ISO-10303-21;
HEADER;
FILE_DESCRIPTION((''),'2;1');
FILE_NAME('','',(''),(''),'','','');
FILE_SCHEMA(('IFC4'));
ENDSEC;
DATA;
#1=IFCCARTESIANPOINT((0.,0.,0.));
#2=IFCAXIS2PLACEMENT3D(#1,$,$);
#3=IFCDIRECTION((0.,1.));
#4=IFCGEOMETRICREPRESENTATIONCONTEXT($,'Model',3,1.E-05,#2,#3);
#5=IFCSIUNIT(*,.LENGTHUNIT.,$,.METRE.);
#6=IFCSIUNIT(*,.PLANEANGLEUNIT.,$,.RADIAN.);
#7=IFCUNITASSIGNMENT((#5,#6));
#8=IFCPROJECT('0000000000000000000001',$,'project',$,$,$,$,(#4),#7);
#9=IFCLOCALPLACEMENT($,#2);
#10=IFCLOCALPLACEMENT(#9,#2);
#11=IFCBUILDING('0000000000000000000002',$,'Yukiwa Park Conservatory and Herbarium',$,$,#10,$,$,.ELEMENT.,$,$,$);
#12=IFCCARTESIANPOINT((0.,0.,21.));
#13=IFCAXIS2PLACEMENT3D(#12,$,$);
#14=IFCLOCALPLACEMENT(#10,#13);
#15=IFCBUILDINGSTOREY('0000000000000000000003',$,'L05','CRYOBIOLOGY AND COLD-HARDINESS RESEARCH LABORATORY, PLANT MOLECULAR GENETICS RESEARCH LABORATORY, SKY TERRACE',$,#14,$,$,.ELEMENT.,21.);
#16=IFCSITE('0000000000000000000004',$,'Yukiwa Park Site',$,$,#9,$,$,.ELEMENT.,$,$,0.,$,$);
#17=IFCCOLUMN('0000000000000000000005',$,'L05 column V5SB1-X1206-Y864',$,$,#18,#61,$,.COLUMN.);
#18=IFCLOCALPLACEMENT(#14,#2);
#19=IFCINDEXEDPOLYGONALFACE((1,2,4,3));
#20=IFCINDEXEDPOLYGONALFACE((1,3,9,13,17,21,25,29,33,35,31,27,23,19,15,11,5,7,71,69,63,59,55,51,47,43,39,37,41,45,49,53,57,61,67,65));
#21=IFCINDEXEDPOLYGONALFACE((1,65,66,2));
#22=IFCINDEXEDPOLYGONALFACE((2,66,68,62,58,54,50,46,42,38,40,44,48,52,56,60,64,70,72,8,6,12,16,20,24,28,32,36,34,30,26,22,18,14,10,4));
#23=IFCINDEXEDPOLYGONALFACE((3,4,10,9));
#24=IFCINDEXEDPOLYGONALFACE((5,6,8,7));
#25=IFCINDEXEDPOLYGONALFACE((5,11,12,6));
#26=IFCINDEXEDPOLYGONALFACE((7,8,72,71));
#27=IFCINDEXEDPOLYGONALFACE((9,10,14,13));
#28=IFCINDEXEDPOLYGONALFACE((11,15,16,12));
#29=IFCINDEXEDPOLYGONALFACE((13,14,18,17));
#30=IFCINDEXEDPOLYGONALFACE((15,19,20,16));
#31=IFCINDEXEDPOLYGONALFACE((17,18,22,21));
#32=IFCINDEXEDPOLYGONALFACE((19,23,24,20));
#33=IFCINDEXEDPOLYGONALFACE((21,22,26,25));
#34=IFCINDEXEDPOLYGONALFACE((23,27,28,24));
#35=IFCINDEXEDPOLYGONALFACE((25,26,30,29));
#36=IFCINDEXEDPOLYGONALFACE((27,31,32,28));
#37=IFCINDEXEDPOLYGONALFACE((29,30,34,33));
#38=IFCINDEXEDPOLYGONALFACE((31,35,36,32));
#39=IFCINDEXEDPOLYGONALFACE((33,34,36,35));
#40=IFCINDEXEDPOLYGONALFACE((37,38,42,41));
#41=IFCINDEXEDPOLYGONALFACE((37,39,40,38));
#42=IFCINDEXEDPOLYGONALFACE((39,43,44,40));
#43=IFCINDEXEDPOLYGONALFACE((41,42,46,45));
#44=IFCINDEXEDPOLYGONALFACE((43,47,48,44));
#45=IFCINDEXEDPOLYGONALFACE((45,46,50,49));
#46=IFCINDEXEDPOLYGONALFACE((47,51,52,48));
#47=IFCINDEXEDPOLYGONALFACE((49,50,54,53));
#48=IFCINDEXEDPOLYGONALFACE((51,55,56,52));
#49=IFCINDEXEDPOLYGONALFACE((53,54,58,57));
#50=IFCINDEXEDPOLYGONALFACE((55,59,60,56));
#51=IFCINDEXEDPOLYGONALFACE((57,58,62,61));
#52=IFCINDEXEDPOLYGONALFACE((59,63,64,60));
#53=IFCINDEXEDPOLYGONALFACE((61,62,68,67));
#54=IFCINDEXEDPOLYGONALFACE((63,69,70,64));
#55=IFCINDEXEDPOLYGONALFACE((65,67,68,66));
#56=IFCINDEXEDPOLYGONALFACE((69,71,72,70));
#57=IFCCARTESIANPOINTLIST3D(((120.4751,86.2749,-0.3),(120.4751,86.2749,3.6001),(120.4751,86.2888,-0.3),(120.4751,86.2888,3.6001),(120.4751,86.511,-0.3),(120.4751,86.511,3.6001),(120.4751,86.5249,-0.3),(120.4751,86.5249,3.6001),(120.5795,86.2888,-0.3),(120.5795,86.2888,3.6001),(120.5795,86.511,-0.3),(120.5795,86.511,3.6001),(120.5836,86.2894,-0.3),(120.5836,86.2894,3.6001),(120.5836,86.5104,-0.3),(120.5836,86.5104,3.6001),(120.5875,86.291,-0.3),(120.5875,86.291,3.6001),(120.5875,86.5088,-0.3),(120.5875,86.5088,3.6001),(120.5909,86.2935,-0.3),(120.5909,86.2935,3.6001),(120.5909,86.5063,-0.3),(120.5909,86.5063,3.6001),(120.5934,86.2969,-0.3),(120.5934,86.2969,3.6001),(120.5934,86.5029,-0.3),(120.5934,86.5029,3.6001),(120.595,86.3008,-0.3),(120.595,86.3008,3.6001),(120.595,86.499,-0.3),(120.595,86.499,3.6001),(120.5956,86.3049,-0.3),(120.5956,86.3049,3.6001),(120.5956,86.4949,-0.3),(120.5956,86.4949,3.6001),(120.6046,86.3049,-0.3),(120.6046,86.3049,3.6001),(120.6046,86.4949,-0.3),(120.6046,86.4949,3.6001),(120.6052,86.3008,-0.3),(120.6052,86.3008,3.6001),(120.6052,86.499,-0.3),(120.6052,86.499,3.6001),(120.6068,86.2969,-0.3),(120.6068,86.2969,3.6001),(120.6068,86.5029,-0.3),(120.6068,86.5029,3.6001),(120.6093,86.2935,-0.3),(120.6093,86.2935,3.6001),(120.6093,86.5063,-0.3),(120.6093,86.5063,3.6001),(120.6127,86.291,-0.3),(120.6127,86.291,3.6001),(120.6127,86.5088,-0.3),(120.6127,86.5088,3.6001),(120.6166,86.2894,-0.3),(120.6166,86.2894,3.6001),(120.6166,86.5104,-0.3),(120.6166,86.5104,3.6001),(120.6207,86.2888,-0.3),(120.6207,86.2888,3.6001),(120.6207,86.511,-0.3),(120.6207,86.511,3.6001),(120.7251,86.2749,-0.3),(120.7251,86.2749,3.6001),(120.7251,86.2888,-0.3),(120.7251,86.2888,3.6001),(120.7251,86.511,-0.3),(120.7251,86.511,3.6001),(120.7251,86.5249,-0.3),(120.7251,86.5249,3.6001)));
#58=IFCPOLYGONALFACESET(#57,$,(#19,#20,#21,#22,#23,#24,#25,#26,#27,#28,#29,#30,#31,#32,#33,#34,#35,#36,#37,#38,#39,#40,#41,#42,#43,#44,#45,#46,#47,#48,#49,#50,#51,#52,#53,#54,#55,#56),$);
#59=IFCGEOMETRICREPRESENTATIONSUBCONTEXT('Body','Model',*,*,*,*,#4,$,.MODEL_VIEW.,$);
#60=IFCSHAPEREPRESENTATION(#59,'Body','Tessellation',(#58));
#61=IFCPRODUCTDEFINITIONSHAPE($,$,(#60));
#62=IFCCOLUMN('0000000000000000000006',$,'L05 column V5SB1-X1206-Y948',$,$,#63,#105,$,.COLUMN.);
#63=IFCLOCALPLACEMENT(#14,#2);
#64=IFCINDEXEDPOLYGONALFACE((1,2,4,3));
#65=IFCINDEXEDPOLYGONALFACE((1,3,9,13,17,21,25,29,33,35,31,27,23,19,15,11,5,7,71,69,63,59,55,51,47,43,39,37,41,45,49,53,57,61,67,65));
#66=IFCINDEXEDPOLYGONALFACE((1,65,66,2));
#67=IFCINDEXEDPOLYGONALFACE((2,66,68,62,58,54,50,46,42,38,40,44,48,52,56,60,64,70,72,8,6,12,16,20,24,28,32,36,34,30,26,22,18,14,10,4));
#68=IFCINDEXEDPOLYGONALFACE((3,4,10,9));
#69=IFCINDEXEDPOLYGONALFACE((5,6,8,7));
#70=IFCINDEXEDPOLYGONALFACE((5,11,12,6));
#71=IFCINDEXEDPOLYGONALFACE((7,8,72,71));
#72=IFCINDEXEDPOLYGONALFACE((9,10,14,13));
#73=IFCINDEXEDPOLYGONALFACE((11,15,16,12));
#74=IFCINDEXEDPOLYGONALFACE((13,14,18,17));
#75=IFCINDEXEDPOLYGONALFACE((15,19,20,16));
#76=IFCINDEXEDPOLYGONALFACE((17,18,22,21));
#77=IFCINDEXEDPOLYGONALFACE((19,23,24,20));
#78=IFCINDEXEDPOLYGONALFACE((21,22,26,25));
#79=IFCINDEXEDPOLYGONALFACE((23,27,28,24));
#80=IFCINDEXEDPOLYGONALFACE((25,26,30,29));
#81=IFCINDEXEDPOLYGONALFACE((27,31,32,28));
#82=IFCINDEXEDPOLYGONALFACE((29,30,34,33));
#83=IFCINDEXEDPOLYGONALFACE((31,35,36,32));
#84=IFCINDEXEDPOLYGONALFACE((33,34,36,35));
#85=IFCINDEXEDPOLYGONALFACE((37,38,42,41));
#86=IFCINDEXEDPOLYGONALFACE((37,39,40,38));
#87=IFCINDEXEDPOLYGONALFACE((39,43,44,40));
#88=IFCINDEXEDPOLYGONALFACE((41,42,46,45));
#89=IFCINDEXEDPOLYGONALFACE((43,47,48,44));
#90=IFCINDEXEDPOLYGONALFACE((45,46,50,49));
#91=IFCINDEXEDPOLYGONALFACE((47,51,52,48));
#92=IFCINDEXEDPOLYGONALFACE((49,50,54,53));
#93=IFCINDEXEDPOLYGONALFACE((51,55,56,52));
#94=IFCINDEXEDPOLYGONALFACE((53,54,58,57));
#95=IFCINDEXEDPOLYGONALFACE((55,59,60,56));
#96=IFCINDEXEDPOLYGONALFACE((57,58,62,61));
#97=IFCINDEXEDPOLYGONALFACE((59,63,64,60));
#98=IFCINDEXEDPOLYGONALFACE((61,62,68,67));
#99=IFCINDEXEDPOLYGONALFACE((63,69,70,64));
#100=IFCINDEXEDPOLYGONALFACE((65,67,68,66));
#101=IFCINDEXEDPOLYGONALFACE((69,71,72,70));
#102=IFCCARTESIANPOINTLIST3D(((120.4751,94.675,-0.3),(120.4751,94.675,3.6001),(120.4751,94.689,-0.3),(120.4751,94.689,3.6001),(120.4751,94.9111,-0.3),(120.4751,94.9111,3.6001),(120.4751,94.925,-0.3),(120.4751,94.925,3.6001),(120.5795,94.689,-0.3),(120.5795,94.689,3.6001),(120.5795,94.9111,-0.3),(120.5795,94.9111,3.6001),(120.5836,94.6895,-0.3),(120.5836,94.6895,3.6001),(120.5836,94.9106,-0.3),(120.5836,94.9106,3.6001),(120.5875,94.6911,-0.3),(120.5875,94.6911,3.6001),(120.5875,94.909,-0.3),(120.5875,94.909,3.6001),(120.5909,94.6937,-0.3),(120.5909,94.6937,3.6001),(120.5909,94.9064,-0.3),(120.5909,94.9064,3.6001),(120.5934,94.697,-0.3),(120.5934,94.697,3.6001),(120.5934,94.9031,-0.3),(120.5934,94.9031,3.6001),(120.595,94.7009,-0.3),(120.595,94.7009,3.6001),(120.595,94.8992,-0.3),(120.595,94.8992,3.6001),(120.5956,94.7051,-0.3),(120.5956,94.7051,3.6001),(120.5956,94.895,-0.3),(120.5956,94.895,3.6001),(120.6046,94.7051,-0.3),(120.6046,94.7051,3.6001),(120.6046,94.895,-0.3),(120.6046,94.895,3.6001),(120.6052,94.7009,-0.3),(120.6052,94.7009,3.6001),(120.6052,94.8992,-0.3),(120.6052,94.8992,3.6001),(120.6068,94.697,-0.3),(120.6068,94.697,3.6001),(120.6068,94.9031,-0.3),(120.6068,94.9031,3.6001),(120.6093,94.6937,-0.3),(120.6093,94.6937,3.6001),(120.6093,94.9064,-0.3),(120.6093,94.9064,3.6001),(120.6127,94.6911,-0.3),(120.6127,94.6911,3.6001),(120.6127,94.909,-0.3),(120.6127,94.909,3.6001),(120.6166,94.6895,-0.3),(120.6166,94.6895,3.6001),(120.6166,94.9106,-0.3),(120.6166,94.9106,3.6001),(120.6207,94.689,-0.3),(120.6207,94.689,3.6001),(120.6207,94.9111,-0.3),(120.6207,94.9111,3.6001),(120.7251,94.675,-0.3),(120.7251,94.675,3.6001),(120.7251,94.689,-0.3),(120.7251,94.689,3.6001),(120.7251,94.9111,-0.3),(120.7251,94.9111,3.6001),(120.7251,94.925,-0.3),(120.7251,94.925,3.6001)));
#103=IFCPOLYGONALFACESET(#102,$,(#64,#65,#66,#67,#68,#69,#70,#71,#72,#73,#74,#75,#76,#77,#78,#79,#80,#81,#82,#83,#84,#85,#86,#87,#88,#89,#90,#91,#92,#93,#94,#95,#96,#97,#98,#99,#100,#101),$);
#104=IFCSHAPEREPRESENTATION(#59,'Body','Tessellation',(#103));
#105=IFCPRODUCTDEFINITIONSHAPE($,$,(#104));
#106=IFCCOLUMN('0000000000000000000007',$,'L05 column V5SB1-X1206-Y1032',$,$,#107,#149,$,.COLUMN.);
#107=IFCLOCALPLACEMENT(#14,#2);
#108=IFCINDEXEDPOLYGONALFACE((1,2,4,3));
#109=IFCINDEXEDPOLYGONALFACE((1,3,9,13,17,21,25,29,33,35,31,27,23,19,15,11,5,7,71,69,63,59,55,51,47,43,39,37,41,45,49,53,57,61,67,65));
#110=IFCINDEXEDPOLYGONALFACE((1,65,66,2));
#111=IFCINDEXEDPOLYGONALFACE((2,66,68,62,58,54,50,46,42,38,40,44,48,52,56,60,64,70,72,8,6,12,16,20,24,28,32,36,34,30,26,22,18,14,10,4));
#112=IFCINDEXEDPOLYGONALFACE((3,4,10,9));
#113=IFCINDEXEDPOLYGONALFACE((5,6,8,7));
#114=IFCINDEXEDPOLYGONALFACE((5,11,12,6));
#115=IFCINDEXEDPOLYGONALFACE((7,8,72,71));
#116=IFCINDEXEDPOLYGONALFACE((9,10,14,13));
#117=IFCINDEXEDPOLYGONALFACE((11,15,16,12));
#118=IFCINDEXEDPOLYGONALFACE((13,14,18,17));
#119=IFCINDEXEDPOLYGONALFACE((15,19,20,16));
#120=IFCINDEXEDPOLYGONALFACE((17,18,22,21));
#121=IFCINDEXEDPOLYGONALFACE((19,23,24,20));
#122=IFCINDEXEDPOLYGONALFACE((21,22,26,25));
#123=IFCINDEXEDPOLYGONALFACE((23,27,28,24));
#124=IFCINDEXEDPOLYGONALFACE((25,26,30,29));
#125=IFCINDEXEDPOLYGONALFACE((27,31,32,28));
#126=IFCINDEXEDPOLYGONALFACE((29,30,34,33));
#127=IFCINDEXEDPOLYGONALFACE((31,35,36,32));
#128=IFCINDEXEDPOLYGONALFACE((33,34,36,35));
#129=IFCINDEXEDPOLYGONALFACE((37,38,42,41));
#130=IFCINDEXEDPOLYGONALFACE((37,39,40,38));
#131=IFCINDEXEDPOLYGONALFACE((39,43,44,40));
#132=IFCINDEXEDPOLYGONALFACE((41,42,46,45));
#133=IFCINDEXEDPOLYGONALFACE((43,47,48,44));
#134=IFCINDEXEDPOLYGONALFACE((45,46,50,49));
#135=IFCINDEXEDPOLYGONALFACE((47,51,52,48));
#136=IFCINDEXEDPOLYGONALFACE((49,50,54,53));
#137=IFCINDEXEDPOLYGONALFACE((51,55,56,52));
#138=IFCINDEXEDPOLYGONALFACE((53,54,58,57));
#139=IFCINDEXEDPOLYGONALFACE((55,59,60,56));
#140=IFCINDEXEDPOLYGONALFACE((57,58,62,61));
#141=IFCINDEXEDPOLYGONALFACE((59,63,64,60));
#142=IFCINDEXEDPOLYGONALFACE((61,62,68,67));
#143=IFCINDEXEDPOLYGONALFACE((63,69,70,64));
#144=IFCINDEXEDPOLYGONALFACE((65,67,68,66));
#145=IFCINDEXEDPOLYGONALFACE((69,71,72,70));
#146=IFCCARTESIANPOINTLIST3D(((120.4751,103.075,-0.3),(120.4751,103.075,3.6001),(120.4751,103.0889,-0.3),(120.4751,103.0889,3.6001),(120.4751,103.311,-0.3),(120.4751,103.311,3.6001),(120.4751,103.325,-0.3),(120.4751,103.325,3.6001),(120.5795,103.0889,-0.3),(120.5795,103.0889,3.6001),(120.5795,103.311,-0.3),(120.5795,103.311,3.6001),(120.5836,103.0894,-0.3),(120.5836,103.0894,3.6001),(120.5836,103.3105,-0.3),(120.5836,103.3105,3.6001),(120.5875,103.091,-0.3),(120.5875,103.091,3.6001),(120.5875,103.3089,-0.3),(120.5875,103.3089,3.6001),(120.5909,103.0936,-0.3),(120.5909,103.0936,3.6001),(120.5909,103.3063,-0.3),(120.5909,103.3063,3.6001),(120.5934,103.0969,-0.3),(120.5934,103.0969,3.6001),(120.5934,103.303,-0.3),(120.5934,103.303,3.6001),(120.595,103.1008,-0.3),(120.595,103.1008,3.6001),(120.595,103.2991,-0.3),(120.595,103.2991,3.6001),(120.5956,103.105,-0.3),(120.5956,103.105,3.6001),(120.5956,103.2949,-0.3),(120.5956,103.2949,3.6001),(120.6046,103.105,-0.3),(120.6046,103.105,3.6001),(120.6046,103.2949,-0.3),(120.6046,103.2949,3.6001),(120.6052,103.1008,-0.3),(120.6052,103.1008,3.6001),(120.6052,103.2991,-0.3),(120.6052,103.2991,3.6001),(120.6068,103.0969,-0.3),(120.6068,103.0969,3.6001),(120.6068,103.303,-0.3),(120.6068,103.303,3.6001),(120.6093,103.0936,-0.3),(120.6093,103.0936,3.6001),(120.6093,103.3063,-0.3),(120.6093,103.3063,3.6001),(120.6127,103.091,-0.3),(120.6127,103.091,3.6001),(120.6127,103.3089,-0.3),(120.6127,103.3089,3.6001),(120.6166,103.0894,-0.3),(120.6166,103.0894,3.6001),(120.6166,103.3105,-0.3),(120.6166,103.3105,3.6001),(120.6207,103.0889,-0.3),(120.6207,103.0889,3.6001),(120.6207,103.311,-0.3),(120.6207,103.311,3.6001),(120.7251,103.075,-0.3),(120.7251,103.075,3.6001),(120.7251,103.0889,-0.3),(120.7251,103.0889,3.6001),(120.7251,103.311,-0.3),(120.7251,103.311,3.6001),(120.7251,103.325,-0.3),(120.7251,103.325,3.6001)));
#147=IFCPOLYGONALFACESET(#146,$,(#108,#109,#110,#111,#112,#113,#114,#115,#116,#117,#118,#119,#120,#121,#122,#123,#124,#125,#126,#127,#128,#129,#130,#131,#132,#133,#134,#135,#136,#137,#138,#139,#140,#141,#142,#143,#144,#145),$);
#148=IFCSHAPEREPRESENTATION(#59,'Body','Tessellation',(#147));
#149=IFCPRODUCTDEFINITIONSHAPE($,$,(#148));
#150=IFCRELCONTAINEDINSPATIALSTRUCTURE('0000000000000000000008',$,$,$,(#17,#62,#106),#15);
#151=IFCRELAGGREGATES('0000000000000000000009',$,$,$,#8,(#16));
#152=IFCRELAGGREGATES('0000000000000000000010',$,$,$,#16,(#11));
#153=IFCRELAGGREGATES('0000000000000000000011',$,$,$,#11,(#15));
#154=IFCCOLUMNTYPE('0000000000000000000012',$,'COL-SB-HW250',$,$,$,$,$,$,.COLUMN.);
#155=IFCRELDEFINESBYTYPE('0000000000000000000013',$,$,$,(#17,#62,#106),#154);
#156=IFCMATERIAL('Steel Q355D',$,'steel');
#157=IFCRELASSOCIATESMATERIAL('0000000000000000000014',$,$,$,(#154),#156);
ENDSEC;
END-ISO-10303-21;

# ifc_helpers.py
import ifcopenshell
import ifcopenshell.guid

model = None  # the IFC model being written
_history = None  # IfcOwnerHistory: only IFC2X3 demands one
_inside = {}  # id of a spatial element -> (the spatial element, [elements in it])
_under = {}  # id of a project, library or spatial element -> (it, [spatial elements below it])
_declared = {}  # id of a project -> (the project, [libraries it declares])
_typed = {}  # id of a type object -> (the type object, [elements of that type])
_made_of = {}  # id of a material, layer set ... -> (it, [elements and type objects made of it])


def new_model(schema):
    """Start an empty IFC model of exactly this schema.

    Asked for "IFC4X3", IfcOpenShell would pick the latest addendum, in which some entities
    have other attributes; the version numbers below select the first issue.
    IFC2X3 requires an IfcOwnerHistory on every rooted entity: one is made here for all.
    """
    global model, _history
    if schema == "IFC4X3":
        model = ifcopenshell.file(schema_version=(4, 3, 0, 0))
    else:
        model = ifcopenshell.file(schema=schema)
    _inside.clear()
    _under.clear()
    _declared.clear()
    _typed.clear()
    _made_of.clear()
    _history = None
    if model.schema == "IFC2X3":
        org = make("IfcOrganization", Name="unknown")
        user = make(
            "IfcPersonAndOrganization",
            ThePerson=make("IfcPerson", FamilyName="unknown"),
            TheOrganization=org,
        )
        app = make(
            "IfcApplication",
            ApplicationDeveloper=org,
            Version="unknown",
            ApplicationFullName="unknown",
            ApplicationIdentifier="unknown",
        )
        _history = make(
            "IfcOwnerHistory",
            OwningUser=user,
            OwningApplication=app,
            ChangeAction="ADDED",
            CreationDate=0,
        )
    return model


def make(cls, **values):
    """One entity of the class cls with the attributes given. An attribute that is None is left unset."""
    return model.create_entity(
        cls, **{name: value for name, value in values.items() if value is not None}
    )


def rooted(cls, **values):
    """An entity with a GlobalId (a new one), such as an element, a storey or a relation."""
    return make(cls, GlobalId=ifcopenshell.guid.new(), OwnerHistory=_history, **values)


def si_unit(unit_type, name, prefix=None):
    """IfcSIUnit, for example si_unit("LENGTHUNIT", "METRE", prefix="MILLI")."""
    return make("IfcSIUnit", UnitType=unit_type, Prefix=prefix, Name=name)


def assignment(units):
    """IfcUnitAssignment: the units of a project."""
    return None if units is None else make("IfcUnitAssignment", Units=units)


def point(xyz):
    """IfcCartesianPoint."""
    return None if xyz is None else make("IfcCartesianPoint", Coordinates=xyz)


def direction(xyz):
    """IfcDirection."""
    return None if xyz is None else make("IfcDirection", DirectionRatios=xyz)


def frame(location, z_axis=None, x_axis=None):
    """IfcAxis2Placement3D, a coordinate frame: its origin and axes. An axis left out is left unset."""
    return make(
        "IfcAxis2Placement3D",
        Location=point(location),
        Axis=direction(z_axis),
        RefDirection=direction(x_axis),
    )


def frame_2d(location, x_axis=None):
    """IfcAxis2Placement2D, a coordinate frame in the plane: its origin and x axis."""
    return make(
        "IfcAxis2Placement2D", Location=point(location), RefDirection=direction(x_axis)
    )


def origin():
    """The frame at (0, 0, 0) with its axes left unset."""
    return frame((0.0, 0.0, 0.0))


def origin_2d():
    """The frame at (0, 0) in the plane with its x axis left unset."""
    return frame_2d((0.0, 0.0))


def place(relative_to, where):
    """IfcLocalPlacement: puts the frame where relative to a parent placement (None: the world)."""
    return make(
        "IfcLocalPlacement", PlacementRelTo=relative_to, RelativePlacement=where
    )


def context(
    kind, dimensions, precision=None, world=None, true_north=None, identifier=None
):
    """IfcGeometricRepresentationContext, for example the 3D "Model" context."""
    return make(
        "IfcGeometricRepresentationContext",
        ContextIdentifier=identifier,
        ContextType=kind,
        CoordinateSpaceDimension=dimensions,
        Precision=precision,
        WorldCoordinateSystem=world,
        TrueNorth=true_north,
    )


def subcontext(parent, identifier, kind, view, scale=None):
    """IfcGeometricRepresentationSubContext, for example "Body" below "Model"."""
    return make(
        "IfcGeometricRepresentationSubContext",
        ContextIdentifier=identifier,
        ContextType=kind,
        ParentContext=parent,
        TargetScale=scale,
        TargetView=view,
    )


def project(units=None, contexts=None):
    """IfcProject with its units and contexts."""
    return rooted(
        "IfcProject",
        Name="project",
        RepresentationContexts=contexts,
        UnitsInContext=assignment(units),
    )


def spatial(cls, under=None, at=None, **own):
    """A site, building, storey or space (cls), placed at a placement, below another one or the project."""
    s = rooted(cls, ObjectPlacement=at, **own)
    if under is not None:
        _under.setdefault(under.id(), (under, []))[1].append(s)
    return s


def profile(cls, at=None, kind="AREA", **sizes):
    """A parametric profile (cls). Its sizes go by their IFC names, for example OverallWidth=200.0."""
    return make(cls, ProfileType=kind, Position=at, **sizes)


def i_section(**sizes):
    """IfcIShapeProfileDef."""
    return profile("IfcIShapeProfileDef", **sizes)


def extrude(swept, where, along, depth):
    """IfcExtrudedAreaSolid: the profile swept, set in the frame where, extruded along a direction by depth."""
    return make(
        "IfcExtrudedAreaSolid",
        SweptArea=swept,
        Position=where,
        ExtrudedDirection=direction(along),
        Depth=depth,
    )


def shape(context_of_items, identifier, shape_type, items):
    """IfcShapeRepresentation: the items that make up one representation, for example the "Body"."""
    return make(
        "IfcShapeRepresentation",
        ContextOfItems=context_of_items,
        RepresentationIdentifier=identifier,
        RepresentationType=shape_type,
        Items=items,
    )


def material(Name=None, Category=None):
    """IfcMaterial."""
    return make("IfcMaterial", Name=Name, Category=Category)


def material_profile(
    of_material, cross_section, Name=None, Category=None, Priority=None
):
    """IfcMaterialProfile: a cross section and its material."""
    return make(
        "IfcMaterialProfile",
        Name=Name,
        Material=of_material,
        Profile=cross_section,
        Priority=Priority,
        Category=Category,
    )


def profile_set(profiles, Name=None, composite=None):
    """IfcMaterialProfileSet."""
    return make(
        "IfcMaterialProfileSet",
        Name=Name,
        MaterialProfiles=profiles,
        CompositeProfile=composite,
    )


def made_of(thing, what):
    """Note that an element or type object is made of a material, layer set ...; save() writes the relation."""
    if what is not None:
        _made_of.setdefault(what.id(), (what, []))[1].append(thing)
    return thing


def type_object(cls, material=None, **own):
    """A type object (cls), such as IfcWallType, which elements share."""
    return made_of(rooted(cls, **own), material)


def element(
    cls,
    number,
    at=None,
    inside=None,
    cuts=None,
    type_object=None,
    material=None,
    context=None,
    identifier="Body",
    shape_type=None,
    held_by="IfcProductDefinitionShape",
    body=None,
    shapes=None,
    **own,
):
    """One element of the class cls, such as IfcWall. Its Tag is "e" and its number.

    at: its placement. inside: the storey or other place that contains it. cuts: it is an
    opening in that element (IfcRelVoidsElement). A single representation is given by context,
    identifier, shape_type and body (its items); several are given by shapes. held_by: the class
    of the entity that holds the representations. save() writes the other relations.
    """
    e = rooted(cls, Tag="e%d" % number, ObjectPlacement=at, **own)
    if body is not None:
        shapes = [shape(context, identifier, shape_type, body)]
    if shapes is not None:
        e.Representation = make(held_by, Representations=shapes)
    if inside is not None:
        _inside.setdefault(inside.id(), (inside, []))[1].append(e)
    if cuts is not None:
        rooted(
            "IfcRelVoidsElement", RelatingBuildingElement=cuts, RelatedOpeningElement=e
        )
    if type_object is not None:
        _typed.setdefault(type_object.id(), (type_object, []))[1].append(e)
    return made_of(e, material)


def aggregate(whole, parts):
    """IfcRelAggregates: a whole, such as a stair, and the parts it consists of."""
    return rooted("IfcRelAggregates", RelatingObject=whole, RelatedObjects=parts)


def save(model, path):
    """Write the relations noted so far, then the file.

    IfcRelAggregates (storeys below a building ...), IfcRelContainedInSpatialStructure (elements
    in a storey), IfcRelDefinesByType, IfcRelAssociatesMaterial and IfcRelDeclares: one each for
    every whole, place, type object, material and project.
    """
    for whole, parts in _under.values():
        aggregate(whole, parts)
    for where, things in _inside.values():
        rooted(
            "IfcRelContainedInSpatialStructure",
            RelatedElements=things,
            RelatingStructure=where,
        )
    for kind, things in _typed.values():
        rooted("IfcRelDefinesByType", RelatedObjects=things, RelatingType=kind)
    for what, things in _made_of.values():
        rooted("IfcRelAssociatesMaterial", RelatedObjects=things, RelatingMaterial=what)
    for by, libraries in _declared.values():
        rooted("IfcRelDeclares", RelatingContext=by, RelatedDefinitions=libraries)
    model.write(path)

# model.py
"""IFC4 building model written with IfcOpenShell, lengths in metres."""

from ifc_helpers import new_model, si_unit, direction, frame, origin, origin_2d, place, context, subcontext, project, spatial, i_section, extrude, material, material_profile, profile_set, type_object, element, save


model = new_model("IFC4")

# Units and contexts
model_context = context("Model", 3, precision=1e-05, world=origin(), true_north=direction((0.0, 1.0)))
body_context = subcontext(model_context, "Body", "Model", "MODEL_VIEW")
ifc_project = project(units=[si_unit("LENGTHUNIT", "METRE"), si_unit("PLANEANGLEUNIT", "RADIAN")], contexts=[model_context])

# Site, building, storey
site_placement = place(None, origin())
site = spatial("IfcSite", under=ifc_project, at=site_placement, Name="Yukiwa Park Site", CompositionType="ELEMENT", RefElevation=0.0)
building_placement = place(site_placement, origin())
building = spatial("IfcBuilding", under=site, at=building_placement, Name="Yukiwa Park Conservatory and Herbarium", CompositionType="ELEMENT")
storey_placement = place(building_placement, frame((0.0, 0.0, 21.0)))
storey = spatial("IfcBuildingStorey", under=building, at=storey_placement, Name="L05", Description="CRYOBIOLOGY AND COLD-HARDINESS RESEARCH LABORATORY, PLANT MOLECULAR GENETICS RESEARCH LABORATORY, SKY TERRACE", CompositionType="ELEMENT", Elevation=21.0)

# Columns
ifc_material_1 = material(Name="Steel Q355D", Category="steel")
ifc_material_profile_1 = material_profile(ifc_material_1, i_section(OverallWidth=0.25, OverallDepth=0.25, WebThickness=0.009, FlangeThickness=0.0139, FilletRadius=0.0161, at=origin_2d()), Name="HW 250x250x9x14")
ifc_profile_set_1 = profile_set([ifc_material_profile_1], Name="Steel Q355D")
column_type_1 = type_object("IfcColumnType", Name="COL-SB-HW250", PredefinedType="COLUMN", material=ifc_profile_set_1)
for number, where, z_axis, x_axis, name in (
    (1, (120.6001, 86.3999, -0.3), (0.0, 0.0, 1.0), (1.0, 0.0, 0.0), "L05 column V5SB1-X1206-Y864"),
    (2, (120.6001, 94.8, -0.3), (0.0, 0.0, 1.0), (1.0, 0.0, 0.0), "L05 column V5SB1-X1206-Y948"),
    (3, (120.6001, 103.2, -0.3), (0.0, 0.0, 1.0), (1.0, 0.0, 0.0), "L05 column V5SB1-X1206-Y1032"),
):
    element("IfcColumn", number, at=place(storey_placement, frame(where, z_axis=z_axis, x_axis=x_axis)), inside=storey, type_object=column_type_1, Name=name, PredefinedType="COLUMN", context=body_context, shape_type="SweptSolid", body=[
        extrude(i_section(OverallWidth=0.25, OverallDepth=0.25, WebThickness=0.009, FlangeThickness=0.0139, FilletRadius=0.0161, at=origin_2d()), origin(), (0.0, 0.0, 1.0), 3.9001),
    ])

save(model, "model.ifc")
